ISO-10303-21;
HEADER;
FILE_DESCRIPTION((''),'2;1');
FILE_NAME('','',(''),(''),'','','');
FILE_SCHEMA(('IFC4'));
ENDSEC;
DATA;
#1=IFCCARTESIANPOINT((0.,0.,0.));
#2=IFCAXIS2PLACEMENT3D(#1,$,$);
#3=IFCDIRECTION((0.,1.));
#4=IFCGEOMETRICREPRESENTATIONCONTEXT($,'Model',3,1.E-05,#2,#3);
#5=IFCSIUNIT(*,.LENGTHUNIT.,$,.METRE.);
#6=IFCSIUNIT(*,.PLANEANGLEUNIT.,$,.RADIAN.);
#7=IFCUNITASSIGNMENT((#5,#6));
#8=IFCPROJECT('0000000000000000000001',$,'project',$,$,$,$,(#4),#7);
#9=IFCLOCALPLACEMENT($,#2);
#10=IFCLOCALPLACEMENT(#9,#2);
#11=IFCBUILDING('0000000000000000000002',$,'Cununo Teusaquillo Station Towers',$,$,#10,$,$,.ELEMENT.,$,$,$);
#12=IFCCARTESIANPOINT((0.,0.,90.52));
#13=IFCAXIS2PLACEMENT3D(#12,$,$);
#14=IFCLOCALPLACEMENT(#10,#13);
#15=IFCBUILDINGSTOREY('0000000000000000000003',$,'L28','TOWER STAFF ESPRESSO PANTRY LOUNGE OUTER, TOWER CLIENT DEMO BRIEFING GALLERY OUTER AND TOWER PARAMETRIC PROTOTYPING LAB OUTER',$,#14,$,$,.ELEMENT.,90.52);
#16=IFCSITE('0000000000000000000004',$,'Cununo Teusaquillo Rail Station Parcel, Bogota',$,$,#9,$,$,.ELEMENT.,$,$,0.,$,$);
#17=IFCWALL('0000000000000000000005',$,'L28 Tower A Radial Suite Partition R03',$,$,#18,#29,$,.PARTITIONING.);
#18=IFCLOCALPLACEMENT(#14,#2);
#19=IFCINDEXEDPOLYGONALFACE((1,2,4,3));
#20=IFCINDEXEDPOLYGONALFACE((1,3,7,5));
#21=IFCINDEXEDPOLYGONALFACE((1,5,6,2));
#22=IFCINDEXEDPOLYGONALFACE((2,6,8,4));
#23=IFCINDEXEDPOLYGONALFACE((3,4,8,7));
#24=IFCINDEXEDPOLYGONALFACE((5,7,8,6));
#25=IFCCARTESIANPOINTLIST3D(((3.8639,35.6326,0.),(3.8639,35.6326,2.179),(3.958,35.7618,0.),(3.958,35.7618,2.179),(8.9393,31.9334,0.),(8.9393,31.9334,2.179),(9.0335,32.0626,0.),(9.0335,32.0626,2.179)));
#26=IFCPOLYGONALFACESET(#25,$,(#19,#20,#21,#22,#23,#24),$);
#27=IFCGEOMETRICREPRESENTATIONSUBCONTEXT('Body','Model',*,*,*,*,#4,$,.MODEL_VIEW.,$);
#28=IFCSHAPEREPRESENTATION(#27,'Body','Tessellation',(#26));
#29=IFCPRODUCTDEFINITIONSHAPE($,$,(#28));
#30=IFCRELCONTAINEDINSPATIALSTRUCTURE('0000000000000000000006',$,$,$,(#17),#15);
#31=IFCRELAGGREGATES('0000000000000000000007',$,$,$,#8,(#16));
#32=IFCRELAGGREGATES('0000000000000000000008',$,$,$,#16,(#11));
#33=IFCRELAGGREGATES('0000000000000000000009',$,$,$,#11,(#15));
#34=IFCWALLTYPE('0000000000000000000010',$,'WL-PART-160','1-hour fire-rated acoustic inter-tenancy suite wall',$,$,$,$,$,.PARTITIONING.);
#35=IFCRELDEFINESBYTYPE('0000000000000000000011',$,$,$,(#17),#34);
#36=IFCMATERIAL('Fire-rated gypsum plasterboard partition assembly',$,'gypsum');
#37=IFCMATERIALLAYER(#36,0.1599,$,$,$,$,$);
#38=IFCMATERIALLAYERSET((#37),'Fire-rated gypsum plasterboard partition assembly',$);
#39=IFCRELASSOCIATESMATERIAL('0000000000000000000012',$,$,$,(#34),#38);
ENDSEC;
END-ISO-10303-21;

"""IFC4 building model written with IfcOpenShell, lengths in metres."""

from ifc_helpers import new_model, si_unit, direction, frame, frame_2d, origin, place, context, subcontext, project, spatial, rectangle, extrude, material, layer, layer_set, type_object, element, save


model = new_model("IFC4")

# Units and contexts
model_context = context("Model", 3, precision=1e-05, world=origin(), true_north=direction((0.0, 1.0)))
body_context = subcontext(model_context, "Body", "Model", "MODEL_VIEW")
ifc_project = project(units=[si_unit("LENGTHUNIT", "METRE"), si_unit("PLANEANGLEUNIT", "RADIAN")], contexts=[model_context])

# Site, building, storey
site_placement = place(None, origin())
site = spatial("IfcSite", under=ifc_project, at=site_placement, Name="Cununo Teusaquillo Rail Station Parcel, Bogota", CompositionType="ELEMENT", RefElevation=0.0)
building_placement = place(site_placement, origin())
building = spatial("IfcBuilding", under=site, at=building_placement, Name="Cununo Teusaquillo Station Towers", CompositionType="ELEMENT")
storey_placement = place(building_placement, frame((0.0, 0.0, 90.52)))
storey = spatial("IfcBuildingStorey", under=building, at=storey_placement, Name="L28", Description="TOWER STAFF ESPRESSO PANTRY LOUNGE OUTER, TOWER CLIENT DEMO BRIEFING GALLERY OUTER AND TOWER PARAMETRIC PROTOTYPING LAB OUTER", CompositionType="ELEMENT", Elevation=90.52)

# Wall
ifc_material_1 = material(Name="Fire-rated gypsum plasterboard partition assembly", Category="gypsum")
ifc_layer_1 = layer(ifc_material_1, 0.1599)
ifc_layer_set_1 = layer_set([ifc_layer_1], Name="Fire-rated gypsum plasterboard partition assembly")
wall_type_1 = type_object("IfcWallType", Name="WL-PART-160", Description="1-hour fire-rated acoustic inter-tenancy suite wall", PredefinedType="PARTITIONING", material=ifc_layer_set_1)
wall_1_placement = place(storey_placement, frame((8.9863, 31.998, 0.0), z_axis=(0.0, 0.0, 1.0), x_axis=(-0.80813, 0.589003, 0.0)))
element("IfcWall", 1, at=wall_1_placement, inside=storey, type_object=wall_type_1, Name="L28 Tower A Radial Suite Partition R03", PredefinedType="PARTITIONING", context=body_context, shape_type="SweptSolid", body=[
    extrude(rectangle(XDim=6.2805, YDim=0.1599, at=frame_2d((3.1401, 0.0))), origin(), (0.0, 0.0, 1.0), 2.179),
])

save(model, "model.ifc")
